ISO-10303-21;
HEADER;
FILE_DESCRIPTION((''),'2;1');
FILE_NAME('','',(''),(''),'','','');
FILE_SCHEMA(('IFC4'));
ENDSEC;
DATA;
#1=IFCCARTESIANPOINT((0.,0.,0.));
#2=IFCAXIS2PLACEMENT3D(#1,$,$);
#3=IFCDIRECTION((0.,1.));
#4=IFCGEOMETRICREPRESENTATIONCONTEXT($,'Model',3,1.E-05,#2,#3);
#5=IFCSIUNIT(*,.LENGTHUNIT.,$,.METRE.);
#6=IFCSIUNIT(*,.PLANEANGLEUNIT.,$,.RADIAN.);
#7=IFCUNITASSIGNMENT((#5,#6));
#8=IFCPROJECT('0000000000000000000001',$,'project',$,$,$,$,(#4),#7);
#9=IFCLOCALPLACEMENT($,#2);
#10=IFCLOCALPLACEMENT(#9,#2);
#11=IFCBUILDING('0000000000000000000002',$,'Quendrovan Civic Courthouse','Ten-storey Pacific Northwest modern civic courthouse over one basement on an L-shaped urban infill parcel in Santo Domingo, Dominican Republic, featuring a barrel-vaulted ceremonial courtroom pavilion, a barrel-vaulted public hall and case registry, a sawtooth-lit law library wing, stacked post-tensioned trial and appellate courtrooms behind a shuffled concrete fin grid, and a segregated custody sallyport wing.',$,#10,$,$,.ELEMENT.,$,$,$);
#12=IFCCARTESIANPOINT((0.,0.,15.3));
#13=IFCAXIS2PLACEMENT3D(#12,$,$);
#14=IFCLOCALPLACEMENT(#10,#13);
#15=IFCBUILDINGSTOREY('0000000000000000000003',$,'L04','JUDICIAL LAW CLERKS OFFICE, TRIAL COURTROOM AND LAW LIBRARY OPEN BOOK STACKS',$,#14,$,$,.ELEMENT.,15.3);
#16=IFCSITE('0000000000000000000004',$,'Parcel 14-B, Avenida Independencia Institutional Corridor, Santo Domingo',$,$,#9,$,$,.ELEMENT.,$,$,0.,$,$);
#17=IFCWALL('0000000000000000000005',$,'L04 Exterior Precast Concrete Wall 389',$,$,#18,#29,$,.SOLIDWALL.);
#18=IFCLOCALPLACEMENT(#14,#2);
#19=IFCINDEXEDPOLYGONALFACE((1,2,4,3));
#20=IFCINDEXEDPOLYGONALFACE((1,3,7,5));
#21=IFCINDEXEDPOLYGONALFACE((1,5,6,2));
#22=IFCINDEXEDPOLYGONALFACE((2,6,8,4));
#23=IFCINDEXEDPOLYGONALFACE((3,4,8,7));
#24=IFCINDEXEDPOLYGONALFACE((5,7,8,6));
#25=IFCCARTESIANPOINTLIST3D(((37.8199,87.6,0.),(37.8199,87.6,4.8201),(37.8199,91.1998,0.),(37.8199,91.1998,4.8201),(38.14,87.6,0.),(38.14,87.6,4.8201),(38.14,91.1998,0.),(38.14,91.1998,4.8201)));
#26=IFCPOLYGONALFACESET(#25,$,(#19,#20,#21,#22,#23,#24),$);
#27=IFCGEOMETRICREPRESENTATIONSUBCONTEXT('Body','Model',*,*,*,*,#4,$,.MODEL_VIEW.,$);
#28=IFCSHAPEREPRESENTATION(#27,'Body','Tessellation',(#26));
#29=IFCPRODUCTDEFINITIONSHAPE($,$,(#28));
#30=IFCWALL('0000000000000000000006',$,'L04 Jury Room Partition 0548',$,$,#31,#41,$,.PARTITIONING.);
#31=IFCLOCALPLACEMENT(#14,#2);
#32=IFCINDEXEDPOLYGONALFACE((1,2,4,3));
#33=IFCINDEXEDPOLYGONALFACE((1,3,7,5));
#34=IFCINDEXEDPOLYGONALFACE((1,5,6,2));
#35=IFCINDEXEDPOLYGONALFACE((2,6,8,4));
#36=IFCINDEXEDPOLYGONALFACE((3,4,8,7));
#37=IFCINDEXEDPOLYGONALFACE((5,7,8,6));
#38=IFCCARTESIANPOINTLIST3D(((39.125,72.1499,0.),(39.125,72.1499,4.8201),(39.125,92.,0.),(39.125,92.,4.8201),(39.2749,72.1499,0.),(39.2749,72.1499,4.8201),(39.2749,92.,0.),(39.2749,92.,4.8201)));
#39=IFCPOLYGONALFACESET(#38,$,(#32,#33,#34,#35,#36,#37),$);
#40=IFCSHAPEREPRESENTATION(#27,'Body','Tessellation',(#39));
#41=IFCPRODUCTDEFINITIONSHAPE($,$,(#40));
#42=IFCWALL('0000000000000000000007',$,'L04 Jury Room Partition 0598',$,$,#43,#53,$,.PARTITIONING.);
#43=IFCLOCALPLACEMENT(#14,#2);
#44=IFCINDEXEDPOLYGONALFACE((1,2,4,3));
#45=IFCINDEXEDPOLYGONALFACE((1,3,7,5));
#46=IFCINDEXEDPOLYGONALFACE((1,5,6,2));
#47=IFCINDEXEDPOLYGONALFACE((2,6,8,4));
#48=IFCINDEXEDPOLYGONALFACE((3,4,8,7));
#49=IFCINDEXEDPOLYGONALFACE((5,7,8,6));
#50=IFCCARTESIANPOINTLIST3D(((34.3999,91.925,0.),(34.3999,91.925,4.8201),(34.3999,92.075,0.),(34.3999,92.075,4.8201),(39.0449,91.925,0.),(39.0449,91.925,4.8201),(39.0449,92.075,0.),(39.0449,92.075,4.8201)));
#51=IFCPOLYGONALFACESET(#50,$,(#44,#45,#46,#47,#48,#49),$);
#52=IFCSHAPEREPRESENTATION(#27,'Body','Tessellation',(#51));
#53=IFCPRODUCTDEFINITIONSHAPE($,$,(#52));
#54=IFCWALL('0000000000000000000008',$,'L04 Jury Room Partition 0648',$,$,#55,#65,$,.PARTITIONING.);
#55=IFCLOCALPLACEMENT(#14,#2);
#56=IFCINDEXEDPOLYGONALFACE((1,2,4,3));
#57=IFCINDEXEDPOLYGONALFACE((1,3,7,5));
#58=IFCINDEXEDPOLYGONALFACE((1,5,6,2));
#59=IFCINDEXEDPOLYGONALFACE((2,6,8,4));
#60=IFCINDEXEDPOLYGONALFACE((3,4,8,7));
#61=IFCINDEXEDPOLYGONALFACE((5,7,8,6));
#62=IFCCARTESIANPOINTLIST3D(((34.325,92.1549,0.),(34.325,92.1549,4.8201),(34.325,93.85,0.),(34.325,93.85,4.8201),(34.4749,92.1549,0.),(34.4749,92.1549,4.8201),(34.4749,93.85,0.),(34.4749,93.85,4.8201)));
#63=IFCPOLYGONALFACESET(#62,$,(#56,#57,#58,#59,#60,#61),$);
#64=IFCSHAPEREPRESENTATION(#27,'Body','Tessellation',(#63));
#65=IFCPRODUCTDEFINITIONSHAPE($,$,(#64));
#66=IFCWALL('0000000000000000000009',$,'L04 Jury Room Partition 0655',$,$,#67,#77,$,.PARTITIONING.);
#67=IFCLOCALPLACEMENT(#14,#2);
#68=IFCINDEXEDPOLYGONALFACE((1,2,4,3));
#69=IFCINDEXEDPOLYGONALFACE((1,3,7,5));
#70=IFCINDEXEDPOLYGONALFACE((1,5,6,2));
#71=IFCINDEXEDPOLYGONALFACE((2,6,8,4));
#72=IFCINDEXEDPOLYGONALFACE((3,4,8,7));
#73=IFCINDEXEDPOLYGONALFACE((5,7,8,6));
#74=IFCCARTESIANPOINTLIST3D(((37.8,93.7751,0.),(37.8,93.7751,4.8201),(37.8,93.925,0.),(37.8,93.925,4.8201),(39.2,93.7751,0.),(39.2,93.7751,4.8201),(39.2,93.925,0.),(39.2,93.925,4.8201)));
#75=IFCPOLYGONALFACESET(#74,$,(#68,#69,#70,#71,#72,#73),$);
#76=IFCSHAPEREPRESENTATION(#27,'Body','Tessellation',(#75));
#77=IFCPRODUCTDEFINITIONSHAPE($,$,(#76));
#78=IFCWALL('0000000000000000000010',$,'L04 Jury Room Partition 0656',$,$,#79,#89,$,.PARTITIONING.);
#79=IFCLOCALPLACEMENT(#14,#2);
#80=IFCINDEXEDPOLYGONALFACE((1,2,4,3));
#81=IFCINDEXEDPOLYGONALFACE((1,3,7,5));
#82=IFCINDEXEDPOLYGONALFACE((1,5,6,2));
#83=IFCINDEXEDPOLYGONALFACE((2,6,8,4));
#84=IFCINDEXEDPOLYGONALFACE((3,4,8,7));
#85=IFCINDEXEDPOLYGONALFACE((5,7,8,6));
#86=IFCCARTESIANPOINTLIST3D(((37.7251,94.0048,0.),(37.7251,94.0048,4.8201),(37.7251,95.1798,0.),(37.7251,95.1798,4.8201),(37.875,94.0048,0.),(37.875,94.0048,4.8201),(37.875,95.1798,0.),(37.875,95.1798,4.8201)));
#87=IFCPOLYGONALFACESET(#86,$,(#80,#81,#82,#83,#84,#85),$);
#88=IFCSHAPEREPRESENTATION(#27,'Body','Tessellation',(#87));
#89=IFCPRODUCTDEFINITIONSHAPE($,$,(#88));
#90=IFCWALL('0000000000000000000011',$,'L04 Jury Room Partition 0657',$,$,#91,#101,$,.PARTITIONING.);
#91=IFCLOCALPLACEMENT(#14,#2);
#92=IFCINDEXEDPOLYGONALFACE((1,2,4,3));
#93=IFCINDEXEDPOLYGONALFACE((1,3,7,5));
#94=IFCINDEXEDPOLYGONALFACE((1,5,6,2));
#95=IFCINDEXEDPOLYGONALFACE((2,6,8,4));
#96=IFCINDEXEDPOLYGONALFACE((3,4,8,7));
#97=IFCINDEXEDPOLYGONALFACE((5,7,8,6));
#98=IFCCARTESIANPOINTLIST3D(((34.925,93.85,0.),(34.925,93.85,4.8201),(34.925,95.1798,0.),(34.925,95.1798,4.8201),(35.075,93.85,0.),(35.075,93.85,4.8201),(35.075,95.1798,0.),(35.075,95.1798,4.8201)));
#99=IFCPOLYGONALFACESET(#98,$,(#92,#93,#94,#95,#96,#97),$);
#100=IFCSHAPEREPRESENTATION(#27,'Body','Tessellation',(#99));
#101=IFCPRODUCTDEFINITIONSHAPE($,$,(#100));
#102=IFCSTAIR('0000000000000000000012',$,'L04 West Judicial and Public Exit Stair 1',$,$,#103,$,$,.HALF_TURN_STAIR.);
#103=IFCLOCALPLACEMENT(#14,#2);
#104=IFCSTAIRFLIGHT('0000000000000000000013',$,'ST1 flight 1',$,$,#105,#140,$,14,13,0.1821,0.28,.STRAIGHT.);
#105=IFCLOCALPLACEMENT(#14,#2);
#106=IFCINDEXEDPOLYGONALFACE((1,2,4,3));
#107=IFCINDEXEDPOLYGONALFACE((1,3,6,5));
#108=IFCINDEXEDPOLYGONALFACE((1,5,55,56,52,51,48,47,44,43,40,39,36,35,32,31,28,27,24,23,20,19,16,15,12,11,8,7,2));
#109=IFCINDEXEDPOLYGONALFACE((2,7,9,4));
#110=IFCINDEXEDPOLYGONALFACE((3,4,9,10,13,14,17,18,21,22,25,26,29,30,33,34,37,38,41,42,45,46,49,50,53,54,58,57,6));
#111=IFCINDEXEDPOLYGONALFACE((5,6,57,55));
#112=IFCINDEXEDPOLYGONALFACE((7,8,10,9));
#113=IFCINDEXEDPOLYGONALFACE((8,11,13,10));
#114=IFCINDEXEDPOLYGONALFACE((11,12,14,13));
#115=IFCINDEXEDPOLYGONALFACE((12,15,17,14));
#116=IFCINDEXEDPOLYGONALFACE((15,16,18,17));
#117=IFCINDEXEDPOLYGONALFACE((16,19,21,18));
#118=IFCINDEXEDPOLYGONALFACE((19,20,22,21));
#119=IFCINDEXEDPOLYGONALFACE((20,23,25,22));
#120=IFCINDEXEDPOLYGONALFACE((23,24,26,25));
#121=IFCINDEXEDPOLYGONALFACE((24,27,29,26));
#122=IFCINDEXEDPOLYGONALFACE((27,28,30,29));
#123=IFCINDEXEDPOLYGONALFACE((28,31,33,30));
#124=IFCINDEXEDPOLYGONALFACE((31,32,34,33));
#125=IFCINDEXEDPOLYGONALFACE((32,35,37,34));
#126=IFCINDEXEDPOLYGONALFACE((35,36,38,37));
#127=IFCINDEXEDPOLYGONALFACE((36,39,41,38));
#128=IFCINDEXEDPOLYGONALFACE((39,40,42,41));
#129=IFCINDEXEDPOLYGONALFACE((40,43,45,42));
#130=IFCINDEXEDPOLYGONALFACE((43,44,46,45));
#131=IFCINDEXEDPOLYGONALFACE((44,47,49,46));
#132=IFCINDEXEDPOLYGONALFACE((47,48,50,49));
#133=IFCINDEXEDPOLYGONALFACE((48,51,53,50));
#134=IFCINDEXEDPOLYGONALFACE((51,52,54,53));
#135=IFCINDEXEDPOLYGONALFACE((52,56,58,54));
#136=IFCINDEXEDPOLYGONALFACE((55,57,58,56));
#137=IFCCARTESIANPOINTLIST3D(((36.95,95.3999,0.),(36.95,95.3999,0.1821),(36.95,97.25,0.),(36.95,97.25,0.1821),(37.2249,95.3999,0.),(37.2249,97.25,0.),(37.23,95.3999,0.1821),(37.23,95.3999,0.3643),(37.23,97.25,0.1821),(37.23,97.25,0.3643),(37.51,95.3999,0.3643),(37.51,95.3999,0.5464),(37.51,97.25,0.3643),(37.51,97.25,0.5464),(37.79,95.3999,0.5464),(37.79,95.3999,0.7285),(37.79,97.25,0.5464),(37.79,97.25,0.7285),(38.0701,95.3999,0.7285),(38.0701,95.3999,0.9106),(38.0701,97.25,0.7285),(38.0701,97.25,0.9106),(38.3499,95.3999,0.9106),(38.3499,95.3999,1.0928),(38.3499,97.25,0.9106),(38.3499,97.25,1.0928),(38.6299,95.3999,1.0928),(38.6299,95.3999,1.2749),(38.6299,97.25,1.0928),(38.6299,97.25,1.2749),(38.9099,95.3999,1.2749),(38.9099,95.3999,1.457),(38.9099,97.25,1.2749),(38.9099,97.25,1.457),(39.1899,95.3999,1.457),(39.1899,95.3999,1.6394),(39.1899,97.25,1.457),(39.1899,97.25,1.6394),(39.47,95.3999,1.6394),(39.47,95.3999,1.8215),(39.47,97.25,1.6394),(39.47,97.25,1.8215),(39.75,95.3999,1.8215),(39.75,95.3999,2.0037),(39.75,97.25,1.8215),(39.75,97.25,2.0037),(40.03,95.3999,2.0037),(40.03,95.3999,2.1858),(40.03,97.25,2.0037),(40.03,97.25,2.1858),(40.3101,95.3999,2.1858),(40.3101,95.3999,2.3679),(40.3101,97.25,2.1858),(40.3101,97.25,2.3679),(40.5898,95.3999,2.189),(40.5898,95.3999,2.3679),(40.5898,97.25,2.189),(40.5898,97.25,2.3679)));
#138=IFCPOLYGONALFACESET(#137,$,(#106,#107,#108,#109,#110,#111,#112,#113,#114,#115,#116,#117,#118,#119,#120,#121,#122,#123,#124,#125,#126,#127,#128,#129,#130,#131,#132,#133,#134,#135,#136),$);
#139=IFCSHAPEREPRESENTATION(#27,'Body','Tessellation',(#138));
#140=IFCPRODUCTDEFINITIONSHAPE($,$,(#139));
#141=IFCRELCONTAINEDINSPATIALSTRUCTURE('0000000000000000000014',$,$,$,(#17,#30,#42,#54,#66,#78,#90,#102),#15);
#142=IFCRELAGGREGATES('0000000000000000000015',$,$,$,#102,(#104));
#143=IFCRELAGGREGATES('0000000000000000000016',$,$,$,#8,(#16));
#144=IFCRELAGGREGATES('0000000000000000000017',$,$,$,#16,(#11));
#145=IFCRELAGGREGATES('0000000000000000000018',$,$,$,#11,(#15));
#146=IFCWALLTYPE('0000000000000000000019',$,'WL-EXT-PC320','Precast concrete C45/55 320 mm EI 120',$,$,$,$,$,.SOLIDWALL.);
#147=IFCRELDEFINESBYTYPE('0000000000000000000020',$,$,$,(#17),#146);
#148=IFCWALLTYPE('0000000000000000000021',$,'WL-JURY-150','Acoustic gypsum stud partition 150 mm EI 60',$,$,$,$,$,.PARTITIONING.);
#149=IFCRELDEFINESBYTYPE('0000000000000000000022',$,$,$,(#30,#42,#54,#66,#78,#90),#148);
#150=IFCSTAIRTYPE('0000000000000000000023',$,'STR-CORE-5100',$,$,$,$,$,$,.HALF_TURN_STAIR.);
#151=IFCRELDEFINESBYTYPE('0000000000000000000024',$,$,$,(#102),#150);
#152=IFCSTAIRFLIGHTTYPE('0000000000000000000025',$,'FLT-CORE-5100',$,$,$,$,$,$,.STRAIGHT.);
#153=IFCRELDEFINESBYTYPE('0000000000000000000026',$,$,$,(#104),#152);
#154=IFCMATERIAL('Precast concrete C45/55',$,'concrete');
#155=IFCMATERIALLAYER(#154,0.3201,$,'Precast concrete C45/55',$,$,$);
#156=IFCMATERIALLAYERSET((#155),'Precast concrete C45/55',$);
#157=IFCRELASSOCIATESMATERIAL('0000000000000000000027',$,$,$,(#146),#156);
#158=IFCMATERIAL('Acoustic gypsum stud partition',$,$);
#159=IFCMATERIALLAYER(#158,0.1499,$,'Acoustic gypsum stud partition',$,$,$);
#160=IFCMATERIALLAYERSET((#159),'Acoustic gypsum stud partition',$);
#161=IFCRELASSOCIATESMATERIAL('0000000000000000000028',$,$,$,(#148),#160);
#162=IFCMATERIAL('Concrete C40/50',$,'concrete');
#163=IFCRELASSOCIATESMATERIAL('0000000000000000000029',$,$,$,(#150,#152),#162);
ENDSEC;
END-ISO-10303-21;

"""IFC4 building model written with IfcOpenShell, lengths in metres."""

from ifc_helpers import new_model, si_unit, direction, frame, frame_2d, origin, place, context, subcontext, project, spatial, polyline, rectangle, outline, extrude, material, layer, layer_set, type_object, element, aggregate, save


model = new_model("IFC4")

# Units and contexts
model_context = context("Model", 3, precision=1e-05, world=origin(), true_north=direction((0.0, 1.0)))
body_context = subcontext(model_context, "Body", "Model", "MODEL_VIEW")
ifc_project = project(units=[si_unit("LENGTHUNIT", "METRE"), si_unit("PLANEANGLEUNIT", "RADIAN")], contexts=[model_context])

# Site, building, storey
site_placement = place(None, origin())
site = spatial("IfcSite", under=ifc_project, at=site_placement, Name="Parcel 14-B, Avenida Independencia Institutional Corridor, Santo Domingo", CompositionType="ELEMENT", RefElevation=0.0)
building_placement = place(site_placement, origin())
building = spatial("IfcBuilding", under=site, at=building_placement, Name="Quendrovan Civic Courthouse", Description="Ten-storey Pacific Northwest modern civic courthouse over one basement on an L-shaped urban infill parcel in Santo Domingo, Dominican Republic, featuring a barrel-vaulted ceremonial courtroom pavilion, a barrel-vaulted public hall and case registry, a sawtooth-lit law library wing, stacked post-tensioned trial and appellate courtrooms behind a shuffled concrete fin grid, and a segregated custody sallyport wing.", CompositionType="ELEMENT")
storey_placement = place(building_placement, frame((0.0, 0.0, 15.3)))
storey = spatial("IfcBuildingStorey", under=building, at=storey_placement, Name="L04", Description="JUDICIAL LAW CLERKS OFFICE, TRIAL COURTROOM AND LAW LIBRARY OPEN BOOK STACKS", CompositionType="ELEMENT", Elevation=15.3)

# Shared definitions
ifc_material_1 = material(Name="Concrete C40/50", Category="concrete")

# Shared definitions
ifc_material_2 = material(Name="Precast concrete C45/55", Category="concrete")
ifc_layer_1 = layer(ifc_material_2, 0.3201, Name="Precast concrete C45/55")
ifc_layer_set_1 = layer_set([ifc_layer_1], Name="Precast concrete C45/55")
wall_type_1 = type_object("IfcWallType", Name="WL-EXT-PC320", Description="Precast concrete C45/55 320 mm EI 120", PredefinedType="SOLIDWALL", material=ifc_layer_set_1)

# Walls
wall_1_placement = place(storey_placement, frame((37.98, 87.6001, 0.0), z_axis=(0.0, 0.0, 1.0), x_axis=(0.0, 1.0, 0.0)))
element("IfcWall", 1, at=wall_1_placement, inside=storey, type_object=wall_type_1, Name="L04 Exterior Precast Concrete Wall 389", PredefinedType="SOLIDWALL", context=body_context, shape_type="SweptSolid", body=[
    extrude(rectangle(XDim=3.5999, YDim=0.3201, at=frame_2d((1.7998, 0.0))), origin(), (0.0, 0.0, 1.0), 4.8201),
])
ifc_material_3 = material(Name="Acoustic gypsum stud partition")
ifc_layer_2 = layer(ifc_material_3, 0.1499, Name="Acoustic gypsum stud partition")
ifc_layer_set_2 = layer_set([ifc_layer_2], Name="Acoustic gypsum stud partition")
wall_type_2 = type_object("IfcWallType", Name="WL-JURY-150", Description="Acoustic gypsum stud partition 150 mm EI 60", PredefinedType="PARTITIONING", material=ifc_layer_set_2)
wall_2_placement = place(storey_placement, frame((39.2, 92.0, 0.0), z_axis=(0.0, 0.0, 1.0), x_axis=(0.0, -1.0, 0.0)))
element("IfcWall", 2, at=wall_2_placement, inside=storey, type_object=wall_type_2, Name="L04 Jury Room Partition 0548", PredefinedType="PARTITIONING", context=body_context, shape_type="SweptSolid", body=[
    extrude(rectangle(XDim=19.8501, YDim=0.1499, at=frame_2d((9.925, 0.0))), origin(), (0.0, 0.0, 1.0), 4.8201),
])
wall_3_placement = place(storey_placement, frame((34.3999, 92.0, 0.0), z_axis=(0.0, 0.0, 1.0), x_axis=(1.0, 0.0, 0.0)))
element("IfcWall", 3, at=wall_3_placement, inside=storey, type_object=wall_type_2, Name="L04 Jury Room Partition 0598", PredefinedType="PARTITIONING", context=body_context, shape_type="SweptSolid", body=[
    extrude(rectangle(XDim=4.645, YDim=0.1499, at=frame_2d((2.3225, 0.0))), origin(), (0.0, 0.0, 1.0), 4.8201),
])
wall_4_placement = place(storey_placement, frame((34.3999, 93.8501, 0.0), z_axis=(0.0, 0.0, 1.0), x_axis=(0.0, -1.0, 0.0)))
element("IfcWall", 4, at=wall_4_placement, inside=storey, type_object=wall_type_2, Name="L04 Jury Room Partition 0648", PredefinedType="PARTITIONING", context=body_context, shape_type="SweptSolid", body=[
    extrude(rectangle(XDim=1.6951, YDim=0.1499, at=frame_2d((0.8477, 0.0))), origin(), (0.0, 0.0, 1.0), 4.8201),
])
wall_5_placement = place(storey_placement, frame((39.2, 93.8501, 0.0), z_axis=(0.0, 0.0, 1.0), x_axis=(-1.0, 0.0, 0.0)))
element("IfcWall", 5, at=wall_5_placement, inside=storey, type_object=wall_type_2, Name="L04 Jury Room Partition 0655", PredefinedType="PARTITIONING", context=body_context, shape_type="SweptSolid", body=[
    extrude(rectangle(XDim=1.3999, YDim=0.1499, at=frame_2d((0.7, 0.0))), origin(), (0.0, 0.0, 1.0), 4.8201),
])
wall_6_placement = place(storey_placement, frame((37.8, 94.0049, 0.0), z_axis=(0.0, 0.0, 1.0), x_axis=(0.0, 1.0, 0.0)))
element("IfcWall", 6, at=wall_6_placement, inside=storey, type_object=wall_type_2, Name="L04 Jury Room Partition 0656", PredefinedType="PARTITIONING", context=body_context, shape_type="SweptSolid", body=[
    extrude(rectangle(XDim=1.175, YDim=0.1499, at=frame_2d((0.5874, 0.0))), origin(), (0.0, 0.0, 1.0), 4.8201),
])
wall_7_placement = place(storey_placement, frame((35.0, 95.1799, 0.0), z_axis=(0.0, 0.0, 1.0), x_axis=(0.0, -1.0, 0.0)))
element("IfcWall", 7, at=wall_7_placement, inside=storey, type_object=wall_type_2, Name="L04 Jury Room Partition 0657", PredefinedType="PARTITIONING", context=body_context, shape_type="SweptSolid", body=[
    extrude(rectangle(XDim=1.3298, YDim=0.1499, at=frame_2d((0.665, 0.0))), origin(), (0.0, 0.0, 1.0), 4.8201),
])

# Stair, stair flight
stair_type = type_object("IfcStairType", Name="STR-CORE-5100", PredefinedType="HALF_TURN_STAIR", material=ifc_material_1)
stair_placement = place(storey_placement, origin())
stair = element("IfcStair", 8, at=stair_placement, inside=storey, type_object=stair_type, Name="L04 West Judicial and Public Exit Stair 1", PredefinedType="HALF_TURN_STAIR")
stair_flight_type = type_object("IfcStairFlightType", Name="FLT-CORE-5100", PredefinedType="STRAIGHT", material=ifc_material_1)
stair_flight_placement = place(storey_placement, frame((36.95, 96.325, 0.0), z_axis=(0.0, 0.0, 1.0), x_axis=(1.0, 0.0, 0.0)))
stair_flight = element("IfcStairFlight", 9, at=stair_flight_placement, type_object=stair_flight_type, Name="ST1 flight 1", NumberOfRisers=14, NumberOfTreads=13, PredefinedType="STRAIGHT", RiserHeight=0.1821, TreadLength=0.28, context=body_context, shape_type="SweptSolid", body=[
    extrude(outline(polyline([(0.0, 0.0), (0.0, 0.1821), (0.28, 0.1821), (0.28, 0.3643), (0.5601, 0.3643), (0.5601, 0.5464), (0.8401, 0.5464), (0.8401, 0.7285), (1.1201, 0.7285), (1.1201, 0.9106), (1.3999, 0.9106), (1.3999, 1.0928), (1.6799, 1.0928), (1.6799, 1.2749), (1.96, 1.2749), (1.96, 1.457), (2.24, 1.457), (2.24, 1.6394), (2.52, 1.6394), (2.52, 1.8215), (2.8, 1.8215), (2.8, 2.0037), (3.0801, 2.0037), (3.0801, 2.1858), (3.3601, 2.1858), (3.3601, 2.3679), (3.6399, 2.3679), (3.6399, 2.55), (3.6399, 2.189), (0.2749, 0.0), (0.0, 0.0)])), frame((0.0, 0.925, 0.0), z_axis=(0.0, -1.0, 0.0), x_axis=(1.0, 0.0, 0.0)), (0.0, 0.0, 1.0), 1.8501),
])
aggregate(stair, [stair_flight])

save(model, "model.ifc")
